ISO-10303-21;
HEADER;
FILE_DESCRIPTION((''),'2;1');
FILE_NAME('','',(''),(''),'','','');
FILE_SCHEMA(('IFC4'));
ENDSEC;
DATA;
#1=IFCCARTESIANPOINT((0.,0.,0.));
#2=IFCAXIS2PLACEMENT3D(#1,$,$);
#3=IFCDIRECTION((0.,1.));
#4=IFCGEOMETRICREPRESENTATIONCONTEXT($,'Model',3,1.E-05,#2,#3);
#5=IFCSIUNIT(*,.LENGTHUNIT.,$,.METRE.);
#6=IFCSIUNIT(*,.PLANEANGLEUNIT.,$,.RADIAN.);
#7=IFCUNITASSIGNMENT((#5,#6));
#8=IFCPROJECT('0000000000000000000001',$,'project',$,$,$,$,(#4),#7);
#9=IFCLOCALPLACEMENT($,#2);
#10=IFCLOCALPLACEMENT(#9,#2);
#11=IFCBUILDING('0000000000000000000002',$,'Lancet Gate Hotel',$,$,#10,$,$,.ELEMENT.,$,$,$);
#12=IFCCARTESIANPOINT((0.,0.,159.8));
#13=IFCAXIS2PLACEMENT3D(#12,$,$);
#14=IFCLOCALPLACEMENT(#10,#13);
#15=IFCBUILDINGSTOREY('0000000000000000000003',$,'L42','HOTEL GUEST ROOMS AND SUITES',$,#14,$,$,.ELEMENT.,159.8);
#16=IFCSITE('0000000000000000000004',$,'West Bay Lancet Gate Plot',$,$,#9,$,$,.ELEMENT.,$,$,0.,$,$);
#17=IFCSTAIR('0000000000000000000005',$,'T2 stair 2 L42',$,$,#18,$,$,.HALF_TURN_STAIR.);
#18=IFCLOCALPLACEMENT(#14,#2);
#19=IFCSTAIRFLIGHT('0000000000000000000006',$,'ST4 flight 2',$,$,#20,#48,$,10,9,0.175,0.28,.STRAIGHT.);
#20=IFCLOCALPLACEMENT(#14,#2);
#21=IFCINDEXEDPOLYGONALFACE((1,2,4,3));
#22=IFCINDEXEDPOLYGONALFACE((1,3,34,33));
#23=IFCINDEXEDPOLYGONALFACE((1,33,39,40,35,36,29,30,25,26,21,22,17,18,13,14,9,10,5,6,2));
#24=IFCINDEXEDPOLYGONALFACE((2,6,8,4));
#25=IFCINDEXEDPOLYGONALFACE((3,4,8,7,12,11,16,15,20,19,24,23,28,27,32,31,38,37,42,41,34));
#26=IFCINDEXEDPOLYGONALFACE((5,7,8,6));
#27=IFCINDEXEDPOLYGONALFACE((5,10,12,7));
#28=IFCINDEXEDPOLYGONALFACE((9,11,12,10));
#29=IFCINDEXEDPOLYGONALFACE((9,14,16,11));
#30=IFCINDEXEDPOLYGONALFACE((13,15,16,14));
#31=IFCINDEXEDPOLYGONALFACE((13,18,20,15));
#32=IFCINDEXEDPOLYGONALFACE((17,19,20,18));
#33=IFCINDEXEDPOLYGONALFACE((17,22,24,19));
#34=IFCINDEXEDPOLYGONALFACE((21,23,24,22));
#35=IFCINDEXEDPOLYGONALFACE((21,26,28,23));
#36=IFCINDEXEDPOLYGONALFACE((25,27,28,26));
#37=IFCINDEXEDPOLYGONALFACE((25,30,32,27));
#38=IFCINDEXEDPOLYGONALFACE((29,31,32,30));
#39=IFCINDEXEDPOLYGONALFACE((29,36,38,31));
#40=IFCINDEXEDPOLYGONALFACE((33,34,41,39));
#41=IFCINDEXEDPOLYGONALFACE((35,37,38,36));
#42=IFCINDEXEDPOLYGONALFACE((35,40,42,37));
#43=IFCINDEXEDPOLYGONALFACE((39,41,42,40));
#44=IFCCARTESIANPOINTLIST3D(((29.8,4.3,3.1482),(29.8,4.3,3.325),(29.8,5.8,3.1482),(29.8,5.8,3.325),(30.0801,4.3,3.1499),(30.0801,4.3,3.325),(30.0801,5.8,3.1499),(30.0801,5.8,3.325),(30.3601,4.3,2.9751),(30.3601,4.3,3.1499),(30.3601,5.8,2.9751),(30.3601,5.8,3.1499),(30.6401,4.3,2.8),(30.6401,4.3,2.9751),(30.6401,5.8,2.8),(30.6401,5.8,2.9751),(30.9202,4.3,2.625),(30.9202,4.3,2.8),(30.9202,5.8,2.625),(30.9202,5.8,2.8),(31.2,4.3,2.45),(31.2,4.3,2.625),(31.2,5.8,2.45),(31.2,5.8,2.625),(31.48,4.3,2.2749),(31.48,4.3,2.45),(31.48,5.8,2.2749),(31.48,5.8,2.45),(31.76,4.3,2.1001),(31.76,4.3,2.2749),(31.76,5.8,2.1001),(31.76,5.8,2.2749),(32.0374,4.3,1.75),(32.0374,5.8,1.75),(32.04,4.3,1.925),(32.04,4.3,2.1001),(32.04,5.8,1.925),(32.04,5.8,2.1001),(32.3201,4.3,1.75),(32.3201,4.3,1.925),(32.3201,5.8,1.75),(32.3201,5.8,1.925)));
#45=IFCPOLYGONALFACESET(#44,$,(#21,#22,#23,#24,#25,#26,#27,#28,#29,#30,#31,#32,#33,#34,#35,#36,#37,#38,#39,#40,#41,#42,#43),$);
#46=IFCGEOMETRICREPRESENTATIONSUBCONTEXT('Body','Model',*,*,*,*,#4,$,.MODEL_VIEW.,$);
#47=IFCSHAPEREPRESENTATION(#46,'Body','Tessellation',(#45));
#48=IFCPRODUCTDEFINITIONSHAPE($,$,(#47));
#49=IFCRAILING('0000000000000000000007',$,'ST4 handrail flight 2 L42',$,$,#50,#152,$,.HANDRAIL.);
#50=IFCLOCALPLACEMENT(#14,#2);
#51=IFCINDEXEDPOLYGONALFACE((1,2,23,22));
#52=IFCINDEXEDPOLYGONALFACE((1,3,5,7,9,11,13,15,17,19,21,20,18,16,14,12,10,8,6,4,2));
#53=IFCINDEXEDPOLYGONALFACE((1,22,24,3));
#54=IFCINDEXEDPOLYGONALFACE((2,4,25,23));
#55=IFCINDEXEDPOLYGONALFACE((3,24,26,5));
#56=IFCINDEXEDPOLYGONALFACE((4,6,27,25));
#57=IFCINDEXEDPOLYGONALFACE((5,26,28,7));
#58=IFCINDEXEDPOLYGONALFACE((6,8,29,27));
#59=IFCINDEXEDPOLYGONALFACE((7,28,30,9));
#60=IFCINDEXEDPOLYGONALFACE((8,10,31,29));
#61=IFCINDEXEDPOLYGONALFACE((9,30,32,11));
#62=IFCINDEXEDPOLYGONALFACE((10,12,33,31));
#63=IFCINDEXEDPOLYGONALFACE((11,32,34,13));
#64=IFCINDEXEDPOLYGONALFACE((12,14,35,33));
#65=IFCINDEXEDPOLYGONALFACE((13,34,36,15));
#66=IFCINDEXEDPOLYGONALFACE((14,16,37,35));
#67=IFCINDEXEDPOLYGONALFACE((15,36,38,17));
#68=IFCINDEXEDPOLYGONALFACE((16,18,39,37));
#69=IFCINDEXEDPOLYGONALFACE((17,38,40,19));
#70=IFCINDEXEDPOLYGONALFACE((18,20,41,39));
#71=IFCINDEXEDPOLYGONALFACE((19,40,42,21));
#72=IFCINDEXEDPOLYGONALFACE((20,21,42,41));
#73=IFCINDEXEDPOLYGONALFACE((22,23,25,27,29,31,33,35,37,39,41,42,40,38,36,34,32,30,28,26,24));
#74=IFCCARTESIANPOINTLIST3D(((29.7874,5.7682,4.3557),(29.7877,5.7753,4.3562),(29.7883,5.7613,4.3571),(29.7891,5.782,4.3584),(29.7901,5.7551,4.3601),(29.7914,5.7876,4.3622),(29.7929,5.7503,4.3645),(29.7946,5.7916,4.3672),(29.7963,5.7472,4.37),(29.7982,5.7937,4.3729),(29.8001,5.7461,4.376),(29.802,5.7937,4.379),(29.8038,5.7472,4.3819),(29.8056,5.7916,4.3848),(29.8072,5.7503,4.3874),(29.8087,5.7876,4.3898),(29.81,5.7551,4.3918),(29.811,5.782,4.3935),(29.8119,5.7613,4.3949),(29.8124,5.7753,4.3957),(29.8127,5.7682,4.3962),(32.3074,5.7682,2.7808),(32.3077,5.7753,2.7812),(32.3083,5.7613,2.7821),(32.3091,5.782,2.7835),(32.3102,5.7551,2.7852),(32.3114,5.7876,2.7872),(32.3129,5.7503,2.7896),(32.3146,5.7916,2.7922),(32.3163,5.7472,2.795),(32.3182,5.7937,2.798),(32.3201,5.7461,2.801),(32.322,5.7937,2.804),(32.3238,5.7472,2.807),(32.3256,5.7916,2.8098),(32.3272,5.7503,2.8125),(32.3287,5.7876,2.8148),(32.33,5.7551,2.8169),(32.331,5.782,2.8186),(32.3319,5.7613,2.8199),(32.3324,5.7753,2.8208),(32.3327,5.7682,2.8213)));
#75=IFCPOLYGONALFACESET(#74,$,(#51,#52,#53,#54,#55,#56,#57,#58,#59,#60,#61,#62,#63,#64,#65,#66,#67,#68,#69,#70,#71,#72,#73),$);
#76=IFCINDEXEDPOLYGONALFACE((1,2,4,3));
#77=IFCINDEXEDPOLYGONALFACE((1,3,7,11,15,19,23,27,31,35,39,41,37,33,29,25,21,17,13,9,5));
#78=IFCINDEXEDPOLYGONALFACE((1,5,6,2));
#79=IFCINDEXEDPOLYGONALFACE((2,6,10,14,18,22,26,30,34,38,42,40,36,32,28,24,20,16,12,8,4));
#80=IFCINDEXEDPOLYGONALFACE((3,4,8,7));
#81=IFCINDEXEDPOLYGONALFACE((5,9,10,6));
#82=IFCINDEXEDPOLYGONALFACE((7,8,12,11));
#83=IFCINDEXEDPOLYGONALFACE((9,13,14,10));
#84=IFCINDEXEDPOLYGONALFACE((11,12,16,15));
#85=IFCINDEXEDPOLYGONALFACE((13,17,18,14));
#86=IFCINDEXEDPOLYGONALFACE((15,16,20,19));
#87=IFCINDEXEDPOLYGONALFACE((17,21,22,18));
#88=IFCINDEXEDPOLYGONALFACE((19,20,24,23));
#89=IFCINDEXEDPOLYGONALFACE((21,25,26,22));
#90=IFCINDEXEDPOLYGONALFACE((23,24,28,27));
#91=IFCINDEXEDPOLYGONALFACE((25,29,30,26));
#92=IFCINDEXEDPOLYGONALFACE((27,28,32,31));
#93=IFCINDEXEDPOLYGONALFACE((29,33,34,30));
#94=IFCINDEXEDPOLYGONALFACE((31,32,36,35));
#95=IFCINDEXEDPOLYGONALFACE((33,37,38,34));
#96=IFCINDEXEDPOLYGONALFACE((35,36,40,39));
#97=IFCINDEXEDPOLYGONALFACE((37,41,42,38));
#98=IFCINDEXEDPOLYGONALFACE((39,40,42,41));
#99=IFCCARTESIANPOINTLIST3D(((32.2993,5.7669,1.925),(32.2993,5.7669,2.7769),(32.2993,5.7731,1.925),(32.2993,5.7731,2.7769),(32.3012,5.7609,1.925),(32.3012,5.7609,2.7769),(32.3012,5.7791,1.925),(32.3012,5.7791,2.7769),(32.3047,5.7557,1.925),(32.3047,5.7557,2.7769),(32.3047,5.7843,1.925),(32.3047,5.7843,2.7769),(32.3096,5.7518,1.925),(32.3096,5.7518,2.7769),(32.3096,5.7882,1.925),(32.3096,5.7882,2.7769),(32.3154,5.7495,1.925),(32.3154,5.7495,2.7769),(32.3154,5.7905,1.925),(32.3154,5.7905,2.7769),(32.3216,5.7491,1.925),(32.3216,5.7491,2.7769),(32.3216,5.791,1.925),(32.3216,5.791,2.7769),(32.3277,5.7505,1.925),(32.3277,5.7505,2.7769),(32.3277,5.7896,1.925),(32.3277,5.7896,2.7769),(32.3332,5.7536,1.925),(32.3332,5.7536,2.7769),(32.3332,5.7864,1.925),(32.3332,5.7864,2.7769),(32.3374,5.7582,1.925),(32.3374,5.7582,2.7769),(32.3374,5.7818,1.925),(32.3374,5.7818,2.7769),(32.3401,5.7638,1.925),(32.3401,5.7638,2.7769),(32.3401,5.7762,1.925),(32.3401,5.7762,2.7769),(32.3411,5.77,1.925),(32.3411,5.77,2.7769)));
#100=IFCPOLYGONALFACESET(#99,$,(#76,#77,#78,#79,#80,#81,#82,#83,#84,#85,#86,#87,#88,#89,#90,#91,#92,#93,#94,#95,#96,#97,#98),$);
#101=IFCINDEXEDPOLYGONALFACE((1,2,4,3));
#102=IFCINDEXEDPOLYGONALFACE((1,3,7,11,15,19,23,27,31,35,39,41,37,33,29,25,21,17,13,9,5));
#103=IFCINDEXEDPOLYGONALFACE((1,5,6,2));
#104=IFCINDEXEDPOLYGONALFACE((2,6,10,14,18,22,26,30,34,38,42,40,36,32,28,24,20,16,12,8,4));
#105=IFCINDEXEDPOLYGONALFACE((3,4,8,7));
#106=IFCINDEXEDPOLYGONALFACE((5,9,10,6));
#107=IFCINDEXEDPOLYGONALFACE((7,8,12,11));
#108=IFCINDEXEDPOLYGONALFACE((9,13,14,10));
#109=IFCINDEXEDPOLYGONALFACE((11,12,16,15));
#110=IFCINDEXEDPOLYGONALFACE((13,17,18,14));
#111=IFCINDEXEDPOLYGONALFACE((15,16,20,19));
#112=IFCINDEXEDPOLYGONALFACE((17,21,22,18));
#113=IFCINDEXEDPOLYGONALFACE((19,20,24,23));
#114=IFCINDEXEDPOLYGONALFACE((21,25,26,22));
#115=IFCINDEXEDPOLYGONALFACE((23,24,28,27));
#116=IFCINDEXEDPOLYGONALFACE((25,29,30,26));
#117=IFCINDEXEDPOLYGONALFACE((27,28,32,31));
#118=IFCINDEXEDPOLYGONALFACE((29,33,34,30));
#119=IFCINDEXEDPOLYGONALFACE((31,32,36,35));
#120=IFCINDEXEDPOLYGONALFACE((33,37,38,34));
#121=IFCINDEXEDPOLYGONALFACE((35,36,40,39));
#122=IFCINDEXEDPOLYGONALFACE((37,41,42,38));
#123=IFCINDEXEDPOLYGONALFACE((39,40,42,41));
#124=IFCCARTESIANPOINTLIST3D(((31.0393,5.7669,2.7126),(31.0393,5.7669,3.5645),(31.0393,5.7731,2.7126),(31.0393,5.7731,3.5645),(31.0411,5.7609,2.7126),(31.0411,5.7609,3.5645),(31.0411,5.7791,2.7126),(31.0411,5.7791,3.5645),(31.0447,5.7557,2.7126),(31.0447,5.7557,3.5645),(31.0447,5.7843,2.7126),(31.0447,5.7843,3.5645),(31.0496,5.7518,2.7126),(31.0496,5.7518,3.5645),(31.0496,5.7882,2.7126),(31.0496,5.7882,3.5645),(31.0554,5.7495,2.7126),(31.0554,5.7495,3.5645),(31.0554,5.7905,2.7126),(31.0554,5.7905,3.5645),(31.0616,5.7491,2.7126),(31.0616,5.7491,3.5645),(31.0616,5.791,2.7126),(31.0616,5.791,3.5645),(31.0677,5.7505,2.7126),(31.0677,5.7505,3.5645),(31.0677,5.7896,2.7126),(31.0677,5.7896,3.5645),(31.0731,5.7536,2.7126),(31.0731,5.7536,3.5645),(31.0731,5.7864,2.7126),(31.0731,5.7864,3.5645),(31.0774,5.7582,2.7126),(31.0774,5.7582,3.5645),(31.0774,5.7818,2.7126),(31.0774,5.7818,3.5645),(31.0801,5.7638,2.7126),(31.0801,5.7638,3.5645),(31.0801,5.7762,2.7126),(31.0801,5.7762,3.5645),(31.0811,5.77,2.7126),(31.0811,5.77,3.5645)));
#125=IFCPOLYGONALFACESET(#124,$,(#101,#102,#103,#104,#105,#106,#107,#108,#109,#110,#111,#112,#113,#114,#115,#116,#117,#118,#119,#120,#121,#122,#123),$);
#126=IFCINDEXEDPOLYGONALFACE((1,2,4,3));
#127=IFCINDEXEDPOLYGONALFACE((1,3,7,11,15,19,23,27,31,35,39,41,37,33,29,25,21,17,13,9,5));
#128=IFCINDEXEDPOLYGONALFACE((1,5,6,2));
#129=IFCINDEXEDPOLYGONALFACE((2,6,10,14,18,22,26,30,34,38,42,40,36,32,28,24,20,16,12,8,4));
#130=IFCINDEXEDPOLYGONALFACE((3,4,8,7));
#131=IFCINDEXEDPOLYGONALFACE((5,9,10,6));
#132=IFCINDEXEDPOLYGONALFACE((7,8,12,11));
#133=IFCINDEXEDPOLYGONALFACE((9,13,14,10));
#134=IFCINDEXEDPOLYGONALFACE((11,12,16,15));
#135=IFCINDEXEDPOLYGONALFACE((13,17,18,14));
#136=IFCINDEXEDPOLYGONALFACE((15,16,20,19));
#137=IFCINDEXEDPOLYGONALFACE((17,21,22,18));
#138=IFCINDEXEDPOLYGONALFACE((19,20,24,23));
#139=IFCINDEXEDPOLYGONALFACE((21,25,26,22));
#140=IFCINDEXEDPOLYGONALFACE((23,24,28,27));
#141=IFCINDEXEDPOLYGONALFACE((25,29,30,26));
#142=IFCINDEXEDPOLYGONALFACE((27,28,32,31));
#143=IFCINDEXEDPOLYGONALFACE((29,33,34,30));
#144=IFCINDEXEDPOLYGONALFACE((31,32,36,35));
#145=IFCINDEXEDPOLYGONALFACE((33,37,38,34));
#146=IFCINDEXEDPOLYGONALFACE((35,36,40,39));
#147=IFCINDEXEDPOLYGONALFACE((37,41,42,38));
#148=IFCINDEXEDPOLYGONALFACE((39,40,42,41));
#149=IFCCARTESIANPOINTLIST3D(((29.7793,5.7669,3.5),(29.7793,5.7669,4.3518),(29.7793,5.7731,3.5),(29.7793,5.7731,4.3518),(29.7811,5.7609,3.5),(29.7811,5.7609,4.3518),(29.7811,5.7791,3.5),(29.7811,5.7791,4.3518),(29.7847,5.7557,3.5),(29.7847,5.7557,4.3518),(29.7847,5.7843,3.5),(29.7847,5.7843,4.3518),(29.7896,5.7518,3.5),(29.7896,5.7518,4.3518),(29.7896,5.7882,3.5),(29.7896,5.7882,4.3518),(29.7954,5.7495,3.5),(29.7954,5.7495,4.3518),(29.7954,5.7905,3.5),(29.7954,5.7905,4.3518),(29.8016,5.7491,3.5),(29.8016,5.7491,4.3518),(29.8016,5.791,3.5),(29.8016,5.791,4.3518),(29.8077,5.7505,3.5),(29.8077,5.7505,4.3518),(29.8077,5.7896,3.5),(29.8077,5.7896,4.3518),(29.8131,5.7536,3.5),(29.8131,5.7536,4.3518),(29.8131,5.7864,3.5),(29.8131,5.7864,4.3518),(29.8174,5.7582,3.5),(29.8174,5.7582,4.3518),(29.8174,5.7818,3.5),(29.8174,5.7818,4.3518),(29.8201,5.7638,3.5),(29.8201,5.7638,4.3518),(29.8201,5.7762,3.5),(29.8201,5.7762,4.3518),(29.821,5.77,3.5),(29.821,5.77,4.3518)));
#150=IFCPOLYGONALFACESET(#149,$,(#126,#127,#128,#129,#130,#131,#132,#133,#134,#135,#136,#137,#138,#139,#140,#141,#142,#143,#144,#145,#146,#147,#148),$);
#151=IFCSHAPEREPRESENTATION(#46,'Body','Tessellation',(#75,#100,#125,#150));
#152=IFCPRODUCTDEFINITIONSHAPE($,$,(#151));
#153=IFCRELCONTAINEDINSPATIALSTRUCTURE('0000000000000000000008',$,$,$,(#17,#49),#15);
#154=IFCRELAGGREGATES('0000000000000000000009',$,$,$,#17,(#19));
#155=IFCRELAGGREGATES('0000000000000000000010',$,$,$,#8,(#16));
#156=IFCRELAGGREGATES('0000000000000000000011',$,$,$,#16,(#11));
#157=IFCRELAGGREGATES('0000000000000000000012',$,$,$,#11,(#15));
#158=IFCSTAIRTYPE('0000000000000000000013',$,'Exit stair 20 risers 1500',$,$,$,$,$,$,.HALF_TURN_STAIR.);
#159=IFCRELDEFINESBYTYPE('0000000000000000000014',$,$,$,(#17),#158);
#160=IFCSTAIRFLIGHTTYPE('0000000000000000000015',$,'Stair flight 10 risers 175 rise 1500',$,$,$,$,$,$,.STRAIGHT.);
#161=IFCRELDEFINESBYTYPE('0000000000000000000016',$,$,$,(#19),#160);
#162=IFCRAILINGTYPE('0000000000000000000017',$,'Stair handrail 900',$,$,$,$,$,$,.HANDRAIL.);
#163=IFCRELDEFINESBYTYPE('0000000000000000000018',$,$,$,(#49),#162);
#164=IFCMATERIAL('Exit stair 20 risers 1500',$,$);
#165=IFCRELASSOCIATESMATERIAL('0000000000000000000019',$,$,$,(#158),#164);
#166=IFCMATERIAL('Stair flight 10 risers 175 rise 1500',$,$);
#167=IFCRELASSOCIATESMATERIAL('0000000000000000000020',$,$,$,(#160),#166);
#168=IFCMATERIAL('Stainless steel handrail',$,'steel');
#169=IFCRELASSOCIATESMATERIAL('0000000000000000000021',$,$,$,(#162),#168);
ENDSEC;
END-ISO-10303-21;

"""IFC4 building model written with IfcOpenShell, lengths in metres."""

from ifc_helpers import new_model, si_unit, direction, frame, origin, origin_2d, place, context, subcontext, project, spatial, polyline, circle, outline, extrude, material, type_object, element, aggregate, save


model = new_model("IFC4")

# Units and contexts
model_context = context("Model", 3, precision=1e-05, world=origin(), true_north=direction((0.0, 1.0)))
body_context = subcontext(model_context, "Body", "Model", "MODEL_VIEW")
ifc_project = project(units=[si_unit("LENGTHUNIT", "METRE"), si_unit("PLANEANGLEUNIT", "RADIAN")], contexts=[model_context])

# Site, building, storey
site_placement = place(None, origin())
site = spatial("IfcSite", under=ifc_project, at=site_placement, Name="West Bay Lancet Gate Plot", CompositionType="ELEMENT", RefElevation=0.0)
building_placement = place(site_placement, origin())
building = spatial("IfcBuilding", under=site, at=building_placement, Name="Lancet Gate Hotel", CompositionType="ELEMENT")
storey_placement = place(building_placement, frame((0.0, 0.0, 159.8)))
storey = spatial("IfcBuildingStorey", under=building, at=storey_placement, Name="L42", Description="HOTEL GUEST ROOMS AND SUITES", CompositionType="ELEMENT", Elevation=159.8)

# Stair, stair flight
ifc_material_1 = material(Name="Exit stair 20 risers 1500")
stair_type = type_object("IfcStairType", Name="Exit stair 20 risers 1500", PredefinedType="HALF_TURN_STAIR", material=ifc_material_1)
stair_placement = place(storey_placement, origin())
stair = element("IfcStair", 1, at=stair_placement, inside=storey, type_object=stair_type, Name="T2 stair 2 L42", PredefinedType="HALF_TURN_STAIR")
ifc_material_2 = material(Name="Stair flight 10 risers 175 rise 1500")
stair_flight_type = type_object("IfcStairFlightType", Name="Stair flight 10 risers 175 rise 1500", PredefinedType="STRAIGHT", material=ifc_material_2)
stair_flight_placement = place(storey_placement, frame((32.3201, 5.05, 1.75), z_axis=(0.0, 0.0, 1.0), x_axis=(-1.0, 0.0, 0.0)))
stair_flight = element("IfcStairFlight", 2, at=stair_flight_placement, type_object=stair_flight_type, Name="ST4 flight 2", NumberOfRisers=10, NumberOfTreads=9, PredefinedType="STRAIGHT", RiserHeight=0.175, TreadLength=0.28, context=body_context, shape_type="SweptSolid", body=[
    extrude(outline(polyline([(0.0, 0.0), (0.0, 0.175), (0.28, 0.175), (0.28, 0.3501), (0.5601, 0.3501), (0.5601, 0.5249), (0.8401, 0.5249), (0.8401, 0.7), (1.1201, 0.7), (1.1201, 0.875), (1.3999, 0.875), (1.3999, 1.05), (1.6799, 1.05), (1.6799, 1.2251), (1.96, 1.2251), (1.96, 1.3999), (2.24, 1.3999), (2.24, 1.575), (2.52, 1.575), (2.52, 1.75), (2.52, 1.3982), (0.2827, 0.0), (0.0, 0.0)])), frame((0.0, 0.75, 0.0), z_axis=(0.0, -1.0, 0.0), x_axis=(1.0, 0.0, 0.0)), (0.0, 0.0, 1.0), 1.5),
])
aggregate(stair, [stair_flight])

# Railing
ifc_material_3 = material(Name="Stainless steel handrail", Category="steel")
railing_type = type_object("IfcRailingType", Name="Stair handrail 900", PredefinedType="HANDRAIL", material=ifc_material_3)
railing_placement = place(storey_placement, frame((32.3201, 5.77, 1.925)))
element("IfcRailing", 3, at=railing_placement, inside=storey, type_object=railing_type, Name="ST4 handrail flight 2 L42", PredefinedType="HANDRAIL", context=body_context, shape_type="SweptSolid", body=[
    extrude(circle(Radius=0.0239, at=origin_2d()), frame((0.0, 0.0, 0.876), z_axis=(-0.848008, 0.0, 0.529984), x_axis=(0.0, -1.0, 0.0)), (0.0, 0.0, 1.0), 2.9717),
    extrude(circle(Radius=0.021, at=origin_2d()), origin(), (0.0, 0.0, 1.0), 0.8518),
    extrude(circle(Radius=0.021, at=origin_2d()), frame((-1.26, 0.0, 0.7876)), (0.0, 0.0, 1.0), 0.8518),
    extrude(circle(Radius=0.021, at=origin_2d()), frame((-2.52, 0.0, 1.575)), (0.0, 0.0, 1.0), 0.8518),
])

save(model, "model.ifc")
